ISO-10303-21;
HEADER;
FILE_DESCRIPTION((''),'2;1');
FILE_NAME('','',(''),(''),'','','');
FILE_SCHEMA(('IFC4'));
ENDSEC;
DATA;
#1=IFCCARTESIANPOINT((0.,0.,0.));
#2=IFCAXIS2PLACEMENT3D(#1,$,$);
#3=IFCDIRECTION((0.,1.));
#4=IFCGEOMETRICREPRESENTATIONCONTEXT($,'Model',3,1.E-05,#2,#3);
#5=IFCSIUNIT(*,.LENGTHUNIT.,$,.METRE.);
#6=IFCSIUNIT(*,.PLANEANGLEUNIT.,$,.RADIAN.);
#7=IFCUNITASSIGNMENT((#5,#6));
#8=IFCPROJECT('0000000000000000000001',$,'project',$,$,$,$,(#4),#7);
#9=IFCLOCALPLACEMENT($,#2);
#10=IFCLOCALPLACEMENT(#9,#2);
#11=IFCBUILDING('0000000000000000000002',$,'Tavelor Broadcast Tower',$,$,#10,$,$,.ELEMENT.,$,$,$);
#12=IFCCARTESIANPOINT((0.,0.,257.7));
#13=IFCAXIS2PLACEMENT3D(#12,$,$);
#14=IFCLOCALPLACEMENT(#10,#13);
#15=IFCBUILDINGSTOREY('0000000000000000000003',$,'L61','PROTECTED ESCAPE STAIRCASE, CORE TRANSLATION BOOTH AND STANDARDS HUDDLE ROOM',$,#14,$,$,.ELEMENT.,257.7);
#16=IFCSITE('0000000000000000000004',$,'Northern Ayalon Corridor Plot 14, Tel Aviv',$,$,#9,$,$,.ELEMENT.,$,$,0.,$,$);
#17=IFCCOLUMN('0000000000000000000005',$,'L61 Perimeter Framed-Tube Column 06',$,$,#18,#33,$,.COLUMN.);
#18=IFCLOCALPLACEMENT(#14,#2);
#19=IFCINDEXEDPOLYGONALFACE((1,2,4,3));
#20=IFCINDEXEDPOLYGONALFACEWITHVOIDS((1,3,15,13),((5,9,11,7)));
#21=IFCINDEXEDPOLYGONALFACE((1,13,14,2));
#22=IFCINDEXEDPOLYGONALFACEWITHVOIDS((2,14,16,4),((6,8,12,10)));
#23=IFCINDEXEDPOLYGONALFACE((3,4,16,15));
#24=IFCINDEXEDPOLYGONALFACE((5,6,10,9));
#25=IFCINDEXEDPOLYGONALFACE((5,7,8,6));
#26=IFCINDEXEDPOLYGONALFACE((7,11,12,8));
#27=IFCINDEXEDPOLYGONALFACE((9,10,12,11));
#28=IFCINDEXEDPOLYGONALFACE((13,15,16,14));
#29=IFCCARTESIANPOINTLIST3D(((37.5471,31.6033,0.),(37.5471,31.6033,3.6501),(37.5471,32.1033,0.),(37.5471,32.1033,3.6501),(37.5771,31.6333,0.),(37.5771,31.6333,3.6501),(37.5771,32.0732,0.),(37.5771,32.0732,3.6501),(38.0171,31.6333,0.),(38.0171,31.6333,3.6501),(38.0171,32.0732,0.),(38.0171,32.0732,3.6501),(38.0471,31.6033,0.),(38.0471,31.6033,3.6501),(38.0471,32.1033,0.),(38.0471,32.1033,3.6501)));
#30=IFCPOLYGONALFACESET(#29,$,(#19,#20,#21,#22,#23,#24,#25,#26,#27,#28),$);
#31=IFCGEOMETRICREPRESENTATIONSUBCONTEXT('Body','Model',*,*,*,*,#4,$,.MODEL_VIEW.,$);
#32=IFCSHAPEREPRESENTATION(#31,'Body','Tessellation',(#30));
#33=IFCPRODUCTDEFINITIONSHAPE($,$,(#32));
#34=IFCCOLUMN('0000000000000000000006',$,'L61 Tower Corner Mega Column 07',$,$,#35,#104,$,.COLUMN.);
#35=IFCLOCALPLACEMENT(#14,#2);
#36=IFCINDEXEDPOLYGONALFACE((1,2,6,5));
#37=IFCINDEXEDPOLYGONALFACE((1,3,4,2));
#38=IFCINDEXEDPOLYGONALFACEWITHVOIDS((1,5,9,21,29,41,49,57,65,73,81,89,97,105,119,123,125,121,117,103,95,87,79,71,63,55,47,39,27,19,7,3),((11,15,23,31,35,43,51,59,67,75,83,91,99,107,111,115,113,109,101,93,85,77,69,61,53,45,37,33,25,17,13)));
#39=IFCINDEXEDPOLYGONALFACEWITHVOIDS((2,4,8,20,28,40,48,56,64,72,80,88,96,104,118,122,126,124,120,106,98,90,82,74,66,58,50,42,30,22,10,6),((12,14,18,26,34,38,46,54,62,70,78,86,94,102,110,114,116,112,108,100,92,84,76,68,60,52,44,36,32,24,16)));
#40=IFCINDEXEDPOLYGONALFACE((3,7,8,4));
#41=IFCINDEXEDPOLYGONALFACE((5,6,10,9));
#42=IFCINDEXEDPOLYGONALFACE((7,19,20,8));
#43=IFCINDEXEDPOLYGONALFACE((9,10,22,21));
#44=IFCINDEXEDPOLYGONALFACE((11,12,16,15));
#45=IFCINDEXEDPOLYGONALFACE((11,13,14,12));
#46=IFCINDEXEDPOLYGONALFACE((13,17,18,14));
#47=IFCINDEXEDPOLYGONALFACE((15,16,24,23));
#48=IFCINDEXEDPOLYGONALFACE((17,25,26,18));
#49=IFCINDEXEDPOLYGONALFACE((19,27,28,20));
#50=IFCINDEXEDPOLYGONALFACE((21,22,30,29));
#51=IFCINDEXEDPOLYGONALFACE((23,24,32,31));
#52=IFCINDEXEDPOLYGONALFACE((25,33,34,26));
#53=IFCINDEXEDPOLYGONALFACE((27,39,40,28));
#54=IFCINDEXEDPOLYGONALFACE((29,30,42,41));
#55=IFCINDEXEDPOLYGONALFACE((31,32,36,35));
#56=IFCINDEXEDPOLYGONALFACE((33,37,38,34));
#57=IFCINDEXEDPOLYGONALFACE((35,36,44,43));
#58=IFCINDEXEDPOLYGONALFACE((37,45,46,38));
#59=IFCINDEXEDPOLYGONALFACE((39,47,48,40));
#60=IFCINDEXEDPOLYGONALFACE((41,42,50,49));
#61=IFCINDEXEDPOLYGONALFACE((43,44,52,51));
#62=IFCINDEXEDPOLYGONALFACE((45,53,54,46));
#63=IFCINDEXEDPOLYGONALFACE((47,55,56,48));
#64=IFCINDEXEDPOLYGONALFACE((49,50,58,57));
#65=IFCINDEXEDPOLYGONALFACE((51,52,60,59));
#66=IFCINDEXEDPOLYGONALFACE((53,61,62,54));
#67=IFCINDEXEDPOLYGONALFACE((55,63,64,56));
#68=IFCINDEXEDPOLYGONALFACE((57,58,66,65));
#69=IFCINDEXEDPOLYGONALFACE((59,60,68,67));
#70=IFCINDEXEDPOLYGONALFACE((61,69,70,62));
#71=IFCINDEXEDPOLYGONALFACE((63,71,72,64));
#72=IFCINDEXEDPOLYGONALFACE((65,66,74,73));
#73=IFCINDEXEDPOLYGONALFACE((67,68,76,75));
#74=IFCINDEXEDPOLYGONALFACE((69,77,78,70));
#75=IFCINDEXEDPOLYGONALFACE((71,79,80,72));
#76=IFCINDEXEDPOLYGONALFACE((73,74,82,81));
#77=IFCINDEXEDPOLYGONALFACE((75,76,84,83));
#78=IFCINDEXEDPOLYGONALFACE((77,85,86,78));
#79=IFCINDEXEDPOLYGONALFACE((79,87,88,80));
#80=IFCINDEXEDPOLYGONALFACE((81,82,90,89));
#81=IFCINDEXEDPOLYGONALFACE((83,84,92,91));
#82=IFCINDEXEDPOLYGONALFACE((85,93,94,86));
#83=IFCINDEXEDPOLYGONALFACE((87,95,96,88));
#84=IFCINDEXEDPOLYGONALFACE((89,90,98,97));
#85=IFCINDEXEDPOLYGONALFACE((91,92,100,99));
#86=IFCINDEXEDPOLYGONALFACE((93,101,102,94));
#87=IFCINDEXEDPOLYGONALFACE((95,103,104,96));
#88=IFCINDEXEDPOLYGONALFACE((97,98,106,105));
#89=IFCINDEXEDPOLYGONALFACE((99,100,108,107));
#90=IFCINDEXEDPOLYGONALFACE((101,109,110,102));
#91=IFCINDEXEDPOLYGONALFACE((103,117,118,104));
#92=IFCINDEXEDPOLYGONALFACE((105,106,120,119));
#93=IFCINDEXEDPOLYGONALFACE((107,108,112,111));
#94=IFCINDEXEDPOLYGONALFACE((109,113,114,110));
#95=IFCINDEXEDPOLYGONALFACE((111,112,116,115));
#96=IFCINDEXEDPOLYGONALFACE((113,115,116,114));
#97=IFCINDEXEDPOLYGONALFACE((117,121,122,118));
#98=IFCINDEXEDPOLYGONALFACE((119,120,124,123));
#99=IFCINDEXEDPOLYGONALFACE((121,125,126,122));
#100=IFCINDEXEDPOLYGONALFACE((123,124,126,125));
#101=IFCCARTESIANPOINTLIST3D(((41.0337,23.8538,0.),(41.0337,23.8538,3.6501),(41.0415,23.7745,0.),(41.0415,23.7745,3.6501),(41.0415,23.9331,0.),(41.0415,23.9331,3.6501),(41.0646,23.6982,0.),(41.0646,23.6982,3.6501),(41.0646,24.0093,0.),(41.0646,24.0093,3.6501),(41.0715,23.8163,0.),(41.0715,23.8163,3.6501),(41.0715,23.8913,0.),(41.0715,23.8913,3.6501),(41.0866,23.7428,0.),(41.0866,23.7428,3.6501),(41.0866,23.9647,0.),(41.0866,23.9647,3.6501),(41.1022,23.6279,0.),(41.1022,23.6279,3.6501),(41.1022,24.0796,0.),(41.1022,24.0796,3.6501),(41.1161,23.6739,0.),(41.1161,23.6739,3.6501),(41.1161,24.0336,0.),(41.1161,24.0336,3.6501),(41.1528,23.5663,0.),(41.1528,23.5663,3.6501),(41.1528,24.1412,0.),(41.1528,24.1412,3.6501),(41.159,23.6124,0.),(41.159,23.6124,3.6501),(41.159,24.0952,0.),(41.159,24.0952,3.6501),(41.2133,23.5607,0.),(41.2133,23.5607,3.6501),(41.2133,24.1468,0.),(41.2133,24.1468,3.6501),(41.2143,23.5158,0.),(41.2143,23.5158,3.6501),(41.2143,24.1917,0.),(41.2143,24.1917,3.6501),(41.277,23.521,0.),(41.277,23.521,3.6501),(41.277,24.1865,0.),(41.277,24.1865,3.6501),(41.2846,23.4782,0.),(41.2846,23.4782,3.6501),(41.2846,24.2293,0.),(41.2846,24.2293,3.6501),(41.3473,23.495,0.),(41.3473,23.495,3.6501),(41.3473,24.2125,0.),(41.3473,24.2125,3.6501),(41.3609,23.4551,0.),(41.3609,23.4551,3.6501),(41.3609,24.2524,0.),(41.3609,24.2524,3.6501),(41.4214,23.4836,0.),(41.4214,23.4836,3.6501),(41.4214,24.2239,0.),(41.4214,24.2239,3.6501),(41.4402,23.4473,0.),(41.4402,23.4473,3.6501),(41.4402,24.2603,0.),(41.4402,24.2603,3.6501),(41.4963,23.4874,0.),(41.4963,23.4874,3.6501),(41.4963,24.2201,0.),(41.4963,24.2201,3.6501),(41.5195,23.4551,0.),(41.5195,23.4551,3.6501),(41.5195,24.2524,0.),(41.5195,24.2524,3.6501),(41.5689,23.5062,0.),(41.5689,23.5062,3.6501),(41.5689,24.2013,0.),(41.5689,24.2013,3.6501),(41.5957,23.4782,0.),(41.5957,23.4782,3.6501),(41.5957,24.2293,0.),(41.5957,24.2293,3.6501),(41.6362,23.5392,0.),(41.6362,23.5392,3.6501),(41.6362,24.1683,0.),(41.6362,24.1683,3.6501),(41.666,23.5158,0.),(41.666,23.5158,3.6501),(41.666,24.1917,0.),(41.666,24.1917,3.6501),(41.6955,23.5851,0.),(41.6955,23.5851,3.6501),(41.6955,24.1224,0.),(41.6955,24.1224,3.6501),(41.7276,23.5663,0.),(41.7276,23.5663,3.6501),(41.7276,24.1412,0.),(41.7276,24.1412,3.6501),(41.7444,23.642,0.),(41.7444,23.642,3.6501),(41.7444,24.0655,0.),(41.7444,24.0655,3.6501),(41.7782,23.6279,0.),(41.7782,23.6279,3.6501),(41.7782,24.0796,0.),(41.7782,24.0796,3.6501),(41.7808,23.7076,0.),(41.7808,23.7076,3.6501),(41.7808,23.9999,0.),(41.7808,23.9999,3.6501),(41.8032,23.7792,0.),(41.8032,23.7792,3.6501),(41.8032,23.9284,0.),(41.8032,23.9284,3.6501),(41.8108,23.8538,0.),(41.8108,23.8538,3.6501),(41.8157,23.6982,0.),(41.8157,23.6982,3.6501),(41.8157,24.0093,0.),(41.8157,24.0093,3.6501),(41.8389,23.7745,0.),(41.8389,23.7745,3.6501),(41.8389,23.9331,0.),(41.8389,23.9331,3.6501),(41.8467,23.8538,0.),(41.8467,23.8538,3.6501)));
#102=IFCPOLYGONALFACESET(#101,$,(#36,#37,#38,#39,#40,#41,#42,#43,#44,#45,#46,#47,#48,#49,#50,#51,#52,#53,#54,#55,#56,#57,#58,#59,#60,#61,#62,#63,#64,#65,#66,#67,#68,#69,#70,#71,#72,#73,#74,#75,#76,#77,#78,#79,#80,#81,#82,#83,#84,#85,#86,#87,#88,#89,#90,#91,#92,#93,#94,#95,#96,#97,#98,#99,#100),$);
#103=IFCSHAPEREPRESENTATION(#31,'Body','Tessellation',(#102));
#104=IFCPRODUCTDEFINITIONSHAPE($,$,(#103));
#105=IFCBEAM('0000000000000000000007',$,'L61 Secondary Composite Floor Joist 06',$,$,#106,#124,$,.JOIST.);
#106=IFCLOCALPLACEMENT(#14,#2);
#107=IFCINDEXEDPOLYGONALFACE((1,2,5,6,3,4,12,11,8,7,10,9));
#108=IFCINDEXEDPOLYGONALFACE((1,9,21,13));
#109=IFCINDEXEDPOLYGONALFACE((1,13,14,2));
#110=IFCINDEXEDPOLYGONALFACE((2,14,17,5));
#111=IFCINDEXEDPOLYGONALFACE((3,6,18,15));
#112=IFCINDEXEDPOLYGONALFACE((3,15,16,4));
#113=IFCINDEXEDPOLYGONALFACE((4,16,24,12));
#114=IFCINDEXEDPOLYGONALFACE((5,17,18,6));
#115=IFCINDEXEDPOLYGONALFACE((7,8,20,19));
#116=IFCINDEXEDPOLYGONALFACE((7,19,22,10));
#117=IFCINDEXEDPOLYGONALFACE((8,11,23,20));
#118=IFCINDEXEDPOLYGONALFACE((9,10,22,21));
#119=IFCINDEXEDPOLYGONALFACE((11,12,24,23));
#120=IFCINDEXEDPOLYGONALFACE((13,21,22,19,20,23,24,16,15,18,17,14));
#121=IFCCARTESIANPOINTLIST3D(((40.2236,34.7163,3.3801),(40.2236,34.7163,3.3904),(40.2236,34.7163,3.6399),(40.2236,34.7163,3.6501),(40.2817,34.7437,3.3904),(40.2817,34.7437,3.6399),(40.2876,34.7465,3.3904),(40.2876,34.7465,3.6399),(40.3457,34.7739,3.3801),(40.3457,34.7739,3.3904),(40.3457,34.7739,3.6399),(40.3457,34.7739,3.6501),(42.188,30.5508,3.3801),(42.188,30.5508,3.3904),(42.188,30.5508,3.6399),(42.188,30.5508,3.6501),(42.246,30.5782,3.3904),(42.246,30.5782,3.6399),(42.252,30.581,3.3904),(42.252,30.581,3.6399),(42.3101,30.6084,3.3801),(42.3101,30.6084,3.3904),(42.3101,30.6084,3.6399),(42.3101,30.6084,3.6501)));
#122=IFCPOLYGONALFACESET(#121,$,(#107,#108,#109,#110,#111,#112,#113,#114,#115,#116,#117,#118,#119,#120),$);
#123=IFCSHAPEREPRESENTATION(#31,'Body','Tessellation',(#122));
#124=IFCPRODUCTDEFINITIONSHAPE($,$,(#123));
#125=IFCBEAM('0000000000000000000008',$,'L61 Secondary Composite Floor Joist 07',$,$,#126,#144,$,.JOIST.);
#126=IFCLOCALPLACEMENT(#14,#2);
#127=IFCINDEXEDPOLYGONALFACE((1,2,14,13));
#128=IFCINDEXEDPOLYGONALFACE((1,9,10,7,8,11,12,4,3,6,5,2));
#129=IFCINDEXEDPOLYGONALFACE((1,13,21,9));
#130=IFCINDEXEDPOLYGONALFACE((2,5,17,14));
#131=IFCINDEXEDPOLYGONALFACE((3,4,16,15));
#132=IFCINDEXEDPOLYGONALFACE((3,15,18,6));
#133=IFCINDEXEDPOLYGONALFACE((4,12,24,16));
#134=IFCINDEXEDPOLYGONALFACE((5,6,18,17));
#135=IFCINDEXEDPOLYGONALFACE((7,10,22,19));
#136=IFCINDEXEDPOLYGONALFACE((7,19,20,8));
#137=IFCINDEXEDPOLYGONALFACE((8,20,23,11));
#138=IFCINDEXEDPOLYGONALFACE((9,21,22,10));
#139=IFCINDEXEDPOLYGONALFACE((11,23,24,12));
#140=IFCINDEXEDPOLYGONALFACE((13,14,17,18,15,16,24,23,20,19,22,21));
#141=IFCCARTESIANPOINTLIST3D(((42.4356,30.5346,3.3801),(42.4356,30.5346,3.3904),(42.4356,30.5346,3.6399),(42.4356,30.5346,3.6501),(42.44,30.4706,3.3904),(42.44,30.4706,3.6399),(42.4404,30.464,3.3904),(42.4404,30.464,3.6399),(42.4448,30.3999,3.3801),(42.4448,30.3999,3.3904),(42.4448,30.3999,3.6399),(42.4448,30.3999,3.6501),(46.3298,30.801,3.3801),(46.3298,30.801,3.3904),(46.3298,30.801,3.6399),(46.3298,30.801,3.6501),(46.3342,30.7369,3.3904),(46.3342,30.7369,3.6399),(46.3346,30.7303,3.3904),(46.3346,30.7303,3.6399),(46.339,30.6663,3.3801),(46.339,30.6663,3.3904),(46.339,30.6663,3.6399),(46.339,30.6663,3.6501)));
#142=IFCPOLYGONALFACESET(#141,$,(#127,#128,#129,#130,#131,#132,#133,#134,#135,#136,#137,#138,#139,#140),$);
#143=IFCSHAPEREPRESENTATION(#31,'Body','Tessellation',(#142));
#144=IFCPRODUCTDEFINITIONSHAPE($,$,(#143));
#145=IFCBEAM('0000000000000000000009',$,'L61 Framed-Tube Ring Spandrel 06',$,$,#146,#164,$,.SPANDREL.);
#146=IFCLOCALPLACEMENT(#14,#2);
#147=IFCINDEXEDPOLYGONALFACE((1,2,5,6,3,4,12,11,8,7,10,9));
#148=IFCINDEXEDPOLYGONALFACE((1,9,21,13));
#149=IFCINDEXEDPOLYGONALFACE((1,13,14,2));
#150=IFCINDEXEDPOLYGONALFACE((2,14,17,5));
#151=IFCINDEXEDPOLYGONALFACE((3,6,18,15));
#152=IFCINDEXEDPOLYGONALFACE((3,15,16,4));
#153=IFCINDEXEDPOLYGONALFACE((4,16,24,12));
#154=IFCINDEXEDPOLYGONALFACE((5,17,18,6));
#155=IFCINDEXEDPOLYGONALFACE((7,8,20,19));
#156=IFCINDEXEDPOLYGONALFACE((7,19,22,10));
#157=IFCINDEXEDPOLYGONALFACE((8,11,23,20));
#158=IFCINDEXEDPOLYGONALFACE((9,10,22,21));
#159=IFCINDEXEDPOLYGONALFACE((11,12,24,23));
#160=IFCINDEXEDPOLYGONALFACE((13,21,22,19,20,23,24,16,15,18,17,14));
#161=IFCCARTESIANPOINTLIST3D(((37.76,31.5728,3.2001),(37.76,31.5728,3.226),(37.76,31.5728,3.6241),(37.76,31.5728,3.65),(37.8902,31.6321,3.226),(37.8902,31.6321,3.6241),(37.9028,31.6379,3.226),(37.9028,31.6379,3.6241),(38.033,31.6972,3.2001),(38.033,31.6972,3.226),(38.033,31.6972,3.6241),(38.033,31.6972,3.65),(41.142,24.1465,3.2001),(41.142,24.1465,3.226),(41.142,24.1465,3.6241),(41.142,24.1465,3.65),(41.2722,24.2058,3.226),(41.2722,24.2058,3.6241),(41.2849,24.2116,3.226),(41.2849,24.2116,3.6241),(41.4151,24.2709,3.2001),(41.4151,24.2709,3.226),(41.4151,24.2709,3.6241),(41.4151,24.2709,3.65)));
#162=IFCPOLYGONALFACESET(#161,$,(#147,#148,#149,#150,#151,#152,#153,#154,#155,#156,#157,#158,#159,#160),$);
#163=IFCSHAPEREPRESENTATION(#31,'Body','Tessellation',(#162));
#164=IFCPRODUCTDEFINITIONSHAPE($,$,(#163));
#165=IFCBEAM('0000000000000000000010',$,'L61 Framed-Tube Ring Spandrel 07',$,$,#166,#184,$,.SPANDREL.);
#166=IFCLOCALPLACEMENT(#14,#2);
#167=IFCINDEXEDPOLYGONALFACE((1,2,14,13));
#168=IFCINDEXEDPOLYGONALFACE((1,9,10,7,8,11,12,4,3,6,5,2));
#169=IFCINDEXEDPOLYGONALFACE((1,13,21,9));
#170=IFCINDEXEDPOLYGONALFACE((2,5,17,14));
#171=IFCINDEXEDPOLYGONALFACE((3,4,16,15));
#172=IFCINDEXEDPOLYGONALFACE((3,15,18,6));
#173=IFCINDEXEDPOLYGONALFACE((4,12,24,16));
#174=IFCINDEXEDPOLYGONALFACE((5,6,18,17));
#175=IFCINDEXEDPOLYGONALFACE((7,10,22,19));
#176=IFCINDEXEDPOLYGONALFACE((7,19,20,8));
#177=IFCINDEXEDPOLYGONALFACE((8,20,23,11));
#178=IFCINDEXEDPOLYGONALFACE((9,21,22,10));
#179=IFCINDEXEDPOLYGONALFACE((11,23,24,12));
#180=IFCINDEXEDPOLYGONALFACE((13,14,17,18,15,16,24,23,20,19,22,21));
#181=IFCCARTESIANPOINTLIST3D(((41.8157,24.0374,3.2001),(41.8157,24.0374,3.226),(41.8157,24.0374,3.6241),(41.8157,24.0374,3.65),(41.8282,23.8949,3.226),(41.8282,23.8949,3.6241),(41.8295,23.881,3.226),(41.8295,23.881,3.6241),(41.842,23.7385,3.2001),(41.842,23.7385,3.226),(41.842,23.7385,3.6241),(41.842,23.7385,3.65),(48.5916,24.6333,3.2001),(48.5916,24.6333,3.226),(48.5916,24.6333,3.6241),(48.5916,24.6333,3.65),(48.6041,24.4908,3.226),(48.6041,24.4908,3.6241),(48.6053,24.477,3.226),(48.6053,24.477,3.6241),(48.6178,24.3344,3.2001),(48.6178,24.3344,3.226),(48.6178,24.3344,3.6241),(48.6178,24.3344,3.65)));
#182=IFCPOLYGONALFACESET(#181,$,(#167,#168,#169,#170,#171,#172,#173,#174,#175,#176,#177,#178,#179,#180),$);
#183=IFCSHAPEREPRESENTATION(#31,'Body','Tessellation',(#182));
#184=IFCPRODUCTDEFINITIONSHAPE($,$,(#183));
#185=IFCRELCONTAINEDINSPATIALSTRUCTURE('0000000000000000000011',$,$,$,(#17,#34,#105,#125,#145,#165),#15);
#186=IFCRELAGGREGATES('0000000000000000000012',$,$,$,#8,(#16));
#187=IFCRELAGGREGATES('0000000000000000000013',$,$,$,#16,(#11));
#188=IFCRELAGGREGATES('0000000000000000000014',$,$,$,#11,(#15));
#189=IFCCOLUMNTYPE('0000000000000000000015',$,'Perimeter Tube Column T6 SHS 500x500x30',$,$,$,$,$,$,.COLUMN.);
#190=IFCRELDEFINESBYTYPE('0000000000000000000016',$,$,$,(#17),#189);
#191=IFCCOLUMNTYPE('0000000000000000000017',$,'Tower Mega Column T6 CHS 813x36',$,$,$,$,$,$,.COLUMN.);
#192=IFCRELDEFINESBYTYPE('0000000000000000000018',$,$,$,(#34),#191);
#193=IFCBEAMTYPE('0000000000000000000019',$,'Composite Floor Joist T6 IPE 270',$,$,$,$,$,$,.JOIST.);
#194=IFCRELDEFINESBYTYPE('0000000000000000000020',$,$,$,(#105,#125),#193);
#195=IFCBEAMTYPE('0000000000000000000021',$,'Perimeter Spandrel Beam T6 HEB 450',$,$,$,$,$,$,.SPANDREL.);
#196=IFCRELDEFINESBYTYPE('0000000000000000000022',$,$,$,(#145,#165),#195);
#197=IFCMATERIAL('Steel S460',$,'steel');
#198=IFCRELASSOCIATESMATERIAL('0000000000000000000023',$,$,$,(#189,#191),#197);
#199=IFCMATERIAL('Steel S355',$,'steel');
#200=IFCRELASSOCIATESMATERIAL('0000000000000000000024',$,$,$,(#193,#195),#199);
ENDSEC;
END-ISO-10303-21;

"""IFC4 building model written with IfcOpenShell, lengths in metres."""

from ifc_helpers import new_model, si_unit, direction, frame, origin, origin_2d, place, context, subcontext, project, spatial, hollow_rectangle, hollow_circle, i_section, extrude, material, material_profile, profile_set, type_object, element, save


model = new_model("IFC4")

# Units and contexts
model_context = context("Model", 3, precision=1e-05, world=origin(), true_north=direction((0.0, 1.0)))
body_context = subcontext(model_context, "Body", "Model", "MODEL_VIEW")
ifc_project = project(units=[si_unit("LENGTHUNIT", "METRE"), si_unit("PLANEANGLEUNIT", "RADIAN")], contexts=[model_context])

# Site, building, storey
site_placement = place(None, origin())
site = spatial("IfcSite", under=ifc_project, at=site_placement, Name="Northern Ayalon Corridor Plot 14, Tel Aviv", CompositionType="ELEMENT", RefElevation=0.0)
building_placement = place(site_placement, origin())
building = spatial("IfcBuilding", under=site, at=building_placement, Name="Tavelor Broadcast Tower", CompositionType="ELEMENT")
storey_placement = place(building_placement, frame((0.0, 0.0, 257.7)))
storey = spatial("IfcBuildingStorey", under=building, at=storey_placement, Name="L61", Description="PROTECTED ESCAPE STAIRCASE, CORE TRANSLATION BOOTH AND STANDARDS HUDDLE ROOM", CompositionType="ELEMENT", Elevation=257.7)

# Columns
ifc_material_1 = material(Name="Steel S460", Category="steel")
ifc_material_profile_1 = material_profile(ifc_material_1, hollow_rectangle(XDim=0.5, YDim=0.5, WallThickness=0.03, at=origin_2d()), Name="SHS 500x500x30")
ifc_profile_set_1 = profile_set([ifc_material_profile_1], Name="Steel S460")
column_type_1 = type_object("IfcColumnType", Name="Perimeter Tube Column T6 SHS 500x500x30", PredefinedType="COLUMN", material=ifc_profile_set_1)
column_1_placement = place(storey_placement, frame((37.7971, 31.8533, 0.0), z_axis=(0.0, 0.0, 1.0), x_axis=(1.0, 0.0, 0.0)))
element("IfcColumn", 1, at=column_1_placement, inside=storey, type_object=column_type_1, Name="L61 Perimeter Framed-Tube Column 06", PredefinedType="COLUMN", context=body_context, shape_type="SweptSolid", body=[
    extrude(hollow_rectangle(XDim=0.5, YDim=0.5, WallThickness=0.03, at=origin_2d()), origin(), (0.0, 0.0, 1.0), 3.6501),
])
ifc_material_profile_2 = material_profile(ifc_material_1, hollow_circle(Radius=0.4065, WallThickness=0.0359, at=origin_2d()), Name="CHS 813x36")
ifc_profile_set_2 = profile_set([ifc_material_profile_2], Name="Steel S460")
column_type_2 = type_object("IfcColumnType", Name="Tower Mega Column T6 CHS 813x36", PredefinedType="COLUMN", material=ifc_profile_set_2)
column_2_placement = place(storey_placement, frame((41.4402, 23.8538, 0.0), z_axis=(0.0, 0.0, 1.0), x_axis=(1.0, 0.0, 0.0)))
element("IfcColumn", 2, at=column_2_placement, inside=storey, type_object=column_type_2, Name="L61 Tower Corner Mega Column 07", PredefinedType="COLUMN", context=body_context, shape_type="SweptSolid", body=[
    extrude(hollow_circle(Radius=0.4065, WallThickness=0.0359, at=origin_2d()), origin(), (0.0, 0.0, 1.0), 3.6501),
])

# Beams
ifc_material_2 = material(Name="Steel S355", Category="steel")
ifc_material_profile_3 = material_profile(ifc_material_2, i_section(OverallWidth=0.135, OverallDepth=0.27, WebThickness=0.0066, FlangeThickness=0.0103, at=origin_2d()), Name="IPE 270")
ifc_profile_set_3 = profile_set([ifc_material_profile_3], Name="Steel S355")
beam_type_1 = type_object("IfcBeamType", Name="Composite Floor Joist T6 IPE 270", PredefinedType="JOIST", material=ifc_profile_set_3)
beam_1_placement = place(storey_placement, frame((40.2847, 34.7451, 3.5151), z_axis=(0.426527, -0.904475, 0.0), x_axis=(0.904475, 0.426527, 0.0)))
element("IfcBeam", 3, at=beam_1_placement, inside=storey, type_object=beam_type_1, Name="L61 Secondary Composite Floor Joist 06", PredefinedType="JOIST", context=body_context, shape_type="SweptSolid", body=[
    extrude(i_section(OverallWidth=0.135, OverallDepth=0.27, WebThickness=0.0066, FlangeThickness=0.0103, at=origin_2d()), origin(), (0.0, 0.0, 1.0), 4.6055),
])
beam_2_placement = place(storey_placement, frame((42.4402, 30.4673, 3.5151), z_axis=(0.997669, 0.068238, 0.0), x_axis=(-0.068238, 0.997669, 0.0)))
element("IfcBeam", 4, at=beam_2_placement, inside=storey, type_object=beam_type_1, Name="L61 Secondary Composite Floor Joist 07", PredefinedType="JOIST", context=body_context, shape_type="SweptSolid", body=[
    extrude(i_section(OverallWidth=0.135, OverallDepth=0.27, WebThickness=0.0066, FlangeThickness=0.0103, at=origin_2d()), origin(), (0.0, 0.0, 1.0), 3.9033),
])
ifc_material_profile_4 = material_profile(ifc_material_2, i_section(OverallWidth=0.3, OverallDepth=0.45, WebThickness=0.0139, FlangeThickness=0.0259, at=origin_2d()), Name="HEB 450")
ifc_profile_set_4 = profile_set([ifc_material_profile_4], Name="Steel S355")
beam_type_2 = type_object("IfcBeamType", Name="Perimeter Spandrel Beam T6 HEB 450", PredefinedType="SPANDREL", material=ifc_profile_set_4)
beam_3_placement = place(storey_placement, frame((37.8965, 31.635, 3.425), z_axis=(0.414463, -0.910066, 0.0), x_axis=(0.910066, 0.414463, 0.0)))
element("IfcBeam", 5, at=beam_3_placement, inside=storey, type_object=beam_type_2, Name="L61 Framed-Tube Ring Spandrel 06", PredefinedType="SPANDREL", context=body_context, shape_type="SweptSolid", body=[
    extrude(i_section(OverallWidth=0.3, OverallDepth=0.45, WebThickness=0.0139, FlangeThickness=0.0259, at=origin_2d()), origin(), (0.0, 0.0, 1.0), 8.1602),
])
beam_4_placement = place(storey_placement, frame((41.8289, 23.8879, 3.425), z_axis=(0.996155, 0.087613, 0.0), x_axis=(-0.087613, 0.996155, 0.0)))
element("IfcBeam", 6, at=beam_4_placement, inside=storey, type_object=beam_type_2, Name="L61 Framed-Tube Ring Spandrel 07", PredefinedType="SPANDREL", context=body_context, shape_type="SweptSolid", body=[
    extrude(i_section(OverallWidth=0.3, OverallDepth=0.45, WebThickness=0.0139, FlangeThickness=0.0259, at=origin_2d()), origin(), (0.0, 0.0, 1.0), 6.802),
])

save(model, "model.ifc")
